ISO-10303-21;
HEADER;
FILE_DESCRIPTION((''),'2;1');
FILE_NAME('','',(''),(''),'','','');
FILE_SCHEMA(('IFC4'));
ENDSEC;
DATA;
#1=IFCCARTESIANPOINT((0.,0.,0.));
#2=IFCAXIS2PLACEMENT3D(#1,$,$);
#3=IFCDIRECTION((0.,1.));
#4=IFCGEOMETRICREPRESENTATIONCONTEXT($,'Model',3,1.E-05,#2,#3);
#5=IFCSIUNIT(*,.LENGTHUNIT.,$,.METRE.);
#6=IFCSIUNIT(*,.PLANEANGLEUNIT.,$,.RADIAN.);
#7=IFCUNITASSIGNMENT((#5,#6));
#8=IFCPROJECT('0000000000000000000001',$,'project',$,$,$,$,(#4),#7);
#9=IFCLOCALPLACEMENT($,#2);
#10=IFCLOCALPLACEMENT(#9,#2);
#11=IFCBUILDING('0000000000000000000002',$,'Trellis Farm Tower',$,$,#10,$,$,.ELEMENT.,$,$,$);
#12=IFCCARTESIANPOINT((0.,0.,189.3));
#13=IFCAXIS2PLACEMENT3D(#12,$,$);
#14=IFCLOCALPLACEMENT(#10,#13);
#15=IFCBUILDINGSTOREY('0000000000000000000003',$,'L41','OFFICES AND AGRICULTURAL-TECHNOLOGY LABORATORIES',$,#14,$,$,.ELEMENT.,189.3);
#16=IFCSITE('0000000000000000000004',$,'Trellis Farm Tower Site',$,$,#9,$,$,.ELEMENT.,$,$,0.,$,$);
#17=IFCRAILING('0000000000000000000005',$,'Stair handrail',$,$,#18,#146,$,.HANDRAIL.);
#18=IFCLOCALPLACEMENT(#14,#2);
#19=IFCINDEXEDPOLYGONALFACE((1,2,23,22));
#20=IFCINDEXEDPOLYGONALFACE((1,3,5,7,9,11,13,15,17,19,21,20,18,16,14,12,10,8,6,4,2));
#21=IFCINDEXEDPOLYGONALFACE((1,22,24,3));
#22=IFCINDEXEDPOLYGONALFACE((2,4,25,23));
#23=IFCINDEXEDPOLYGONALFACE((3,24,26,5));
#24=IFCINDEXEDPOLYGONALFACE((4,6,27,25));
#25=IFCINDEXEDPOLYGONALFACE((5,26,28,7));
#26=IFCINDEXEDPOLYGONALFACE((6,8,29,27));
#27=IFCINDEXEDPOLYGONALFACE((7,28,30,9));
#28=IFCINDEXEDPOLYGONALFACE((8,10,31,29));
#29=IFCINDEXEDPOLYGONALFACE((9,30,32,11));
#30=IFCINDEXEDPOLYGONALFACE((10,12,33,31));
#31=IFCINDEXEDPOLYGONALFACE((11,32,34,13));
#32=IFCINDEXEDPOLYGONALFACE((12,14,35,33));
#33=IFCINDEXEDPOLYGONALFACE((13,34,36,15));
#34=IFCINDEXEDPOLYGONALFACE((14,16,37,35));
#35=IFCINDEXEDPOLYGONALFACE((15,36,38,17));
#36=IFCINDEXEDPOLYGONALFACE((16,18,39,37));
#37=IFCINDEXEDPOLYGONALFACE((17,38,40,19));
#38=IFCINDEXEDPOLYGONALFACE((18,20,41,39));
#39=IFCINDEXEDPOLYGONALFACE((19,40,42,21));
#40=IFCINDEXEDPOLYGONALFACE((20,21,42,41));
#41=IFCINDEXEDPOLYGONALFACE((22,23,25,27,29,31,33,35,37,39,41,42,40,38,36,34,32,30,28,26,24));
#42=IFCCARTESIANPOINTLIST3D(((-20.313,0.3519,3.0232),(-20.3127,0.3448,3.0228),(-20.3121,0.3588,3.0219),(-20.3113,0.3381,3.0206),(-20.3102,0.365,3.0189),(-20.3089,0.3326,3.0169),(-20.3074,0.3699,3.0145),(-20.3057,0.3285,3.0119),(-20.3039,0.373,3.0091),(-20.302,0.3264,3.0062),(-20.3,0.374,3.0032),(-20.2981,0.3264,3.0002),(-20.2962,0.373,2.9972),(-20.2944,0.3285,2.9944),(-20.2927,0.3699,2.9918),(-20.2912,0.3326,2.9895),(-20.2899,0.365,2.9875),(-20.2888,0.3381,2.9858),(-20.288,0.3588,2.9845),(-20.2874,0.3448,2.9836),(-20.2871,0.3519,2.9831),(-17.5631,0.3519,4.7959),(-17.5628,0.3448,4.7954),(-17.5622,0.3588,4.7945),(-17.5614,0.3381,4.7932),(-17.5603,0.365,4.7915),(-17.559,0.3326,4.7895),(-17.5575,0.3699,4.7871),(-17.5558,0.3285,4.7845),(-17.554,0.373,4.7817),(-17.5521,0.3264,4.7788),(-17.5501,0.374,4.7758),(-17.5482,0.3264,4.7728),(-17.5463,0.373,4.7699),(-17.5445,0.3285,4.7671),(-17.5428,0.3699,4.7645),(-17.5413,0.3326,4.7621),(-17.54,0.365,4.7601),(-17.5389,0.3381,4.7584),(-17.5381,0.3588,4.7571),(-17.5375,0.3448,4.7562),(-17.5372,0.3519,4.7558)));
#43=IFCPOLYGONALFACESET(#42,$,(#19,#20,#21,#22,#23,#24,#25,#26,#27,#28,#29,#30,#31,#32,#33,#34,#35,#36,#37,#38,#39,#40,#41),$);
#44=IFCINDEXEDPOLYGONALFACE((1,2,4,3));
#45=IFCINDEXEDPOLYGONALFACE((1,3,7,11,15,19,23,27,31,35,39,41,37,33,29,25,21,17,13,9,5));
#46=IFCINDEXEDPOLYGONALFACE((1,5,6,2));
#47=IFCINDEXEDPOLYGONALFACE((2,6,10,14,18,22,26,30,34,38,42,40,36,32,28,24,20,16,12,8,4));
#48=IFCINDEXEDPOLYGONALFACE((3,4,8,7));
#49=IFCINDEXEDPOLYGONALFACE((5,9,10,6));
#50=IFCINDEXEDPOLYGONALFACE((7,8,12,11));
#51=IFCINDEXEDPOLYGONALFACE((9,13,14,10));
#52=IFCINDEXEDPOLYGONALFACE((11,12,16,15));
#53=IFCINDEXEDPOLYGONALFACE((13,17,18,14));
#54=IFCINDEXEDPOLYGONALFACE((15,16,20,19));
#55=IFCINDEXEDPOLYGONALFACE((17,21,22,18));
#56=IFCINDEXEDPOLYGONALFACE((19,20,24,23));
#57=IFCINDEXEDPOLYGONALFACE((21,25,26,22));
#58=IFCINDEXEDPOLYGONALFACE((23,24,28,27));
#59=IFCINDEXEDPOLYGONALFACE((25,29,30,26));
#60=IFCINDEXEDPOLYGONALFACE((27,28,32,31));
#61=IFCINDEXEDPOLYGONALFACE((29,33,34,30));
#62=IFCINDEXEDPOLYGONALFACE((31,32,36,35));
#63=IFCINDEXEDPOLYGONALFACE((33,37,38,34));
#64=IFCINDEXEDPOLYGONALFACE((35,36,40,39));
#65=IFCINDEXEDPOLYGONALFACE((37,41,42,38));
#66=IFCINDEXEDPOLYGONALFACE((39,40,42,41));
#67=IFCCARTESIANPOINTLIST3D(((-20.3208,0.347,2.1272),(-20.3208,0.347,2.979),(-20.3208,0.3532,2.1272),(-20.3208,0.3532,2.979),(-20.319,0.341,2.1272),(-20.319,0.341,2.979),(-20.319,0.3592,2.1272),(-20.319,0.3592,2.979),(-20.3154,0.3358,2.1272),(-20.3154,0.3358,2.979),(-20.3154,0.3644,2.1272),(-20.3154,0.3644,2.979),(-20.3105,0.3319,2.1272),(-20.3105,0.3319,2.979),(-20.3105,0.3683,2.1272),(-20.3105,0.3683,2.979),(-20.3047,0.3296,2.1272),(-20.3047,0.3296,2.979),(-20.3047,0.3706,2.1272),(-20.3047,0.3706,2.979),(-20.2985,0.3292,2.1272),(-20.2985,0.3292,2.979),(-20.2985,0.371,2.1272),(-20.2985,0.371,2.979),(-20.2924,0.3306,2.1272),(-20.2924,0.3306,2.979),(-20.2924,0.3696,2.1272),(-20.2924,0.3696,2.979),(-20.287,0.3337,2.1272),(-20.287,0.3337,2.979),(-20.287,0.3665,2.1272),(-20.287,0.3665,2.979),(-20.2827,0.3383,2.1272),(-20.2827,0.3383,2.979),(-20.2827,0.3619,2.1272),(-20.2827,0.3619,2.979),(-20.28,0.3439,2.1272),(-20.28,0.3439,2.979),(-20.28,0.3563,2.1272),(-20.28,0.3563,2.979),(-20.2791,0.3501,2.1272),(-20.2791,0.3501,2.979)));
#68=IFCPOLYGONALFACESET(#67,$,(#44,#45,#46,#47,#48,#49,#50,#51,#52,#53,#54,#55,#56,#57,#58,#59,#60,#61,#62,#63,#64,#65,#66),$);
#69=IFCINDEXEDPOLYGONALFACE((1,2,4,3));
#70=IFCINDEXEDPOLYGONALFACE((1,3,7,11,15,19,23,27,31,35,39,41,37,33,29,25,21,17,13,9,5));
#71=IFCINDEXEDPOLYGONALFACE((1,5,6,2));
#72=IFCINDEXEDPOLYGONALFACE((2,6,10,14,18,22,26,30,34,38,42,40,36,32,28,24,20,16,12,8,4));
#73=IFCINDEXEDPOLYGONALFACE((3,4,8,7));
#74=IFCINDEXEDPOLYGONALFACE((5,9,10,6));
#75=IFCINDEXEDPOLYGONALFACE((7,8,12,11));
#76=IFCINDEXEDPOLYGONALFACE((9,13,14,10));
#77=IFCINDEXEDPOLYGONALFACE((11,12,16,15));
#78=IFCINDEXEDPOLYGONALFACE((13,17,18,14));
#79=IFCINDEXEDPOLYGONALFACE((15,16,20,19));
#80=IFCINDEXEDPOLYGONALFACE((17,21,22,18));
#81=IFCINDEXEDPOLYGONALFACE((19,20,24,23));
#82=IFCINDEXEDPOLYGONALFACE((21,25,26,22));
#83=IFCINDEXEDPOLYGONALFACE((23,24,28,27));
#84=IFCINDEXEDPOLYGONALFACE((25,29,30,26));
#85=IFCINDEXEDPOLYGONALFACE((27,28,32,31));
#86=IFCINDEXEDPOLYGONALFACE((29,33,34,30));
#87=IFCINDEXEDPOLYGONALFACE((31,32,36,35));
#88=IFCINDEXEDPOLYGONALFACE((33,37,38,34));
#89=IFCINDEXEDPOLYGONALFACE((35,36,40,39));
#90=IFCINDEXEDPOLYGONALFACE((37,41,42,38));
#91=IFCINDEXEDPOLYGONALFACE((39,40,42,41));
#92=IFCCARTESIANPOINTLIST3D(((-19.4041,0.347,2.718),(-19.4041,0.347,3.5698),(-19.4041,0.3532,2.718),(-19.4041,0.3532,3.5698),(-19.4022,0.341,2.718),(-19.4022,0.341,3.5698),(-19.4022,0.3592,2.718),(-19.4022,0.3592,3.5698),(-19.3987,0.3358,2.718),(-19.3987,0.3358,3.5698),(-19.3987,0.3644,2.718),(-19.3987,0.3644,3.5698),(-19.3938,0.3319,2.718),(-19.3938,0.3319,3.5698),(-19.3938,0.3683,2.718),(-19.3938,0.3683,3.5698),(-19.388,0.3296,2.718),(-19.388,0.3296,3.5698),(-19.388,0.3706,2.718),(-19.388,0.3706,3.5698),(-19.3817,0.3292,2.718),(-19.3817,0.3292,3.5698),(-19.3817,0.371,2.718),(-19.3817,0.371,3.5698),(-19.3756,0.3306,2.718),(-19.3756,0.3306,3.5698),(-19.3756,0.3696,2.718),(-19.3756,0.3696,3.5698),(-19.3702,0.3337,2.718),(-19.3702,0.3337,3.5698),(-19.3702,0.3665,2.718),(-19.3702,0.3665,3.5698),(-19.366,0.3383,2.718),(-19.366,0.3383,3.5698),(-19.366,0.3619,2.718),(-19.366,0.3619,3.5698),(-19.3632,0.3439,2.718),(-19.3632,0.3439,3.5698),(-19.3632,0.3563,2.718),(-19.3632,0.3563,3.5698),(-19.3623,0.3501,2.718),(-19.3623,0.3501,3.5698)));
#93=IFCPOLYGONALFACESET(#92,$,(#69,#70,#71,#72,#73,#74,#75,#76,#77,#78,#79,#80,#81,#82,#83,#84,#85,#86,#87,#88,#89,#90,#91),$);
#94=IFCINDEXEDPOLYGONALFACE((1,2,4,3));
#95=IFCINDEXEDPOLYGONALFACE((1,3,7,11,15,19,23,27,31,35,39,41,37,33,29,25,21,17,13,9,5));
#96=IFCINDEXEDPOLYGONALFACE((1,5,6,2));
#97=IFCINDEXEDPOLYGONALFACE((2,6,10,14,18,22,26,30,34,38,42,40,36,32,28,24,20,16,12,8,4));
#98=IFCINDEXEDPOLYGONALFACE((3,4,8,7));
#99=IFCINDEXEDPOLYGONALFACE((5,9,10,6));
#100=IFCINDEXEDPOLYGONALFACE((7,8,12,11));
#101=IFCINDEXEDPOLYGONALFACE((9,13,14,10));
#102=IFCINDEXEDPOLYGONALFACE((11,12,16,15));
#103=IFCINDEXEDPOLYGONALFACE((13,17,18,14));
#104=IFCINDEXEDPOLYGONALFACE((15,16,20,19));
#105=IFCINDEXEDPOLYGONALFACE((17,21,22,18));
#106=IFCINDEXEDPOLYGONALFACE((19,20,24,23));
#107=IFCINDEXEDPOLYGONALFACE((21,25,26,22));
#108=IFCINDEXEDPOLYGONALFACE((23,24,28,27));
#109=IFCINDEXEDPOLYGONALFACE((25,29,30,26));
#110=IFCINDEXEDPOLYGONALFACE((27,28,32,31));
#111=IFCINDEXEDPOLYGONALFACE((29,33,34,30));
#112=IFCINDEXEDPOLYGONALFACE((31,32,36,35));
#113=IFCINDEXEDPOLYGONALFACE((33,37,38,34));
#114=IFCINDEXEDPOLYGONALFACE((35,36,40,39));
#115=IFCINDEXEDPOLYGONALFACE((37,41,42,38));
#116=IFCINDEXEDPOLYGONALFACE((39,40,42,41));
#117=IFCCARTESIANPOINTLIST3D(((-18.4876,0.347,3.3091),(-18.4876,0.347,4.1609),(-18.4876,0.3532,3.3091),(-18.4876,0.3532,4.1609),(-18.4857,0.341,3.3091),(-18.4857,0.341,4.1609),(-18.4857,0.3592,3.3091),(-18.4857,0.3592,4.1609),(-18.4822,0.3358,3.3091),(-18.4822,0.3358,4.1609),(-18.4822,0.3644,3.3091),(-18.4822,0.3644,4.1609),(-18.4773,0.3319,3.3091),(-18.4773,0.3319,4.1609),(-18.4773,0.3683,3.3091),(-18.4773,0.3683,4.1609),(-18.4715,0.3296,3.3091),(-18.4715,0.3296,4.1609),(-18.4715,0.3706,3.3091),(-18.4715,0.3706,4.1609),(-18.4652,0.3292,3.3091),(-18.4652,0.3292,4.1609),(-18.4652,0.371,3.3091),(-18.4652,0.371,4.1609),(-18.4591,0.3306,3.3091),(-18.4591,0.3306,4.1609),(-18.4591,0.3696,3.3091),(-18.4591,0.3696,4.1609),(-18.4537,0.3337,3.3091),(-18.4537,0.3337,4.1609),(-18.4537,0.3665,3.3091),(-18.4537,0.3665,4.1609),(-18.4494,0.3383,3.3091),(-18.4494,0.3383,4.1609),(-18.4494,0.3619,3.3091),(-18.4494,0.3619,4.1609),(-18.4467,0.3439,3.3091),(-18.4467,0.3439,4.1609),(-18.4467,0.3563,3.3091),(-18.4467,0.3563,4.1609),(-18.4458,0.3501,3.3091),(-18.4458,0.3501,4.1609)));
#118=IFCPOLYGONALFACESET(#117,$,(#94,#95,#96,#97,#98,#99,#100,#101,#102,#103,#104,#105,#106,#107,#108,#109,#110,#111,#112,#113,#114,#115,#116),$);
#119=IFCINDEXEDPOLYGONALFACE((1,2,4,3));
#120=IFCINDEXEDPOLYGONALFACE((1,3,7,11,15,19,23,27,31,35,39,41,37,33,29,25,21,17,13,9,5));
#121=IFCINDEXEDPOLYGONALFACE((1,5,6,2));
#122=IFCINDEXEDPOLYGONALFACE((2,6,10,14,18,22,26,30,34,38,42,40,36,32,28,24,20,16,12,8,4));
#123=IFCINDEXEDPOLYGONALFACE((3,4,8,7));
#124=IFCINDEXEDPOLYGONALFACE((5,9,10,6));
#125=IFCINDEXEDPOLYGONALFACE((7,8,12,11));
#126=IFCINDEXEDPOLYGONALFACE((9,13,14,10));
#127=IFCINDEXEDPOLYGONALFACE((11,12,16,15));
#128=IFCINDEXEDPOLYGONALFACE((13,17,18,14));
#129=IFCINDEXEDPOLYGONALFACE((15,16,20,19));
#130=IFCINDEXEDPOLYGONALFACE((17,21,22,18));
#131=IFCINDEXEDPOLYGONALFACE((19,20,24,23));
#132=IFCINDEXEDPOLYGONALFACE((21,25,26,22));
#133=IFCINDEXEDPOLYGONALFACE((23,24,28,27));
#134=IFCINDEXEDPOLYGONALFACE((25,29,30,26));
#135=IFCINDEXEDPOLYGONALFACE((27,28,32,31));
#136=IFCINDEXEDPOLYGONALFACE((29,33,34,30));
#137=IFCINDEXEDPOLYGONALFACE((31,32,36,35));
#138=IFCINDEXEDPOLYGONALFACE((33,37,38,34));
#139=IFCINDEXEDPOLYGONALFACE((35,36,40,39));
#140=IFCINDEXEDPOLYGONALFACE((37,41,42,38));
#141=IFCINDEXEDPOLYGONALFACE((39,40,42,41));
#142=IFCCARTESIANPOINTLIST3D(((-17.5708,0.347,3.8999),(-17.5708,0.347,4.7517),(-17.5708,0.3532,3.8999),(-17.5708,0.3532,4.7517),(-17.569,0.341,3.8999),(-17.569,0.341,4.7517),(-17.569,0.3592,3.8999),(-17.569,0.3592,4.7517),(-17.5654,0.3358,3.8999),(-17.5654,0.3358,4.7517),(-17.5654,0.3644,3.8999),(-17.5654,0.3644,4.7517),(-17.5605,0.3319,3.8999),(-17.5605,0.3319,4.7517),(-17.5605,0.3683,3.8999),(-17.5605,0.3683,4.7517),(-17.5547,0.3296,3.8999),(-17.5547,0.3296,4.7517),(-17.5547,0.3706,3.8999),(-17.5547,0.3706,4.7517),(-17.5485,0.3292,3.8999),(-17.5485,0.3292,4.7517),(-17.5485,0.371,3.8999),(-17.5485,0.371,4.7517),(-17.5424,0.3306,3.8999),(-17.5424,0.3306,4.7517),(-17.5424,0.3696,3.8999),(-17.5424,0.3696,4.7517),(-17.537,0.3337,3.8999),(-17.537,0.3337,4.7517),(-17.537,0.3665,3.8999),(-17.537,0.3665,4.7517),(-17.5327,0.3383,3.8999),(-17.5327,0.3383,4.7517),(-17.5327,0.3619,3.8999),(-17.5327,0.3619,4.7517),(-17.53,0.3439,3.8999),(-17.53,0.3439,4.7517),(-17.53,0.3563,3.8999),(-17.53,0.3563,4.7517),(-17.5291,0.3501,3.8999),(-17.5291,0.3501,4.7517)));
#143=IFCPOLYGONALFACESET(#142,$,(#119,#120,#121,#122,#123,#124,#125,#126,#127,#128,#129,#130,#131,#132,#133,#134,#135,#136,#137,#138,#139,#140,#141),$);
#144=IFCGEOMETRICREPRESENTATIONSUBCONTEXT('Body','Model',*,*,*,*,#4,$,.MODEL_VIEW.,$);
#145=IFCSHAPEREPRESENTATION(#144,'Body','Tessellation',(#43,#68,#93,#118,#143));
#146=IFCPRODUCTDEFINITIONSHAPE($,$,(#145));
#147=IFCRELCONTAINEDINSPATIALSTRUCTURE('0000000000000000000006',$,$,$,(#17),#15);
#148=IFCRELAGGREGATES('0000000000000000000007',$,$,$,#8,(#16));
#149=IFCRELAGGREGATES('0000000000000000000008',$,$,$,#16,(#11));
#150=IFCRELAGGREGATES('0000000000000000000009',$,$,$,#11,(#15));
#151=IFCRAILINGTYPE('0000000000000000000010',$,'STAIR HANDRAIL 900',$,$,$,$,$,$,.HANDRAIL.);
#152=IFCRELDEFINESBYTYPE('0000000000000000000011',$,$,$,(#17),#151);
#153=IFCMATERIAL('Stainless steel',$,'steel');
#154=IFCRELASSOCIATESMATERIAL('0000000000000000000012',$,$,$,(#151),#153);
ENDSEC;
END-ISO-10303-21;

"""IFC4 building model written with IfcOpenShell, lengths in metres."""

from ifc_helpers import new_model, si_unit, direction, frame, origin, origin_2d, place, context, subcontext, project, spatial, circle, extrude, source, transform, mapped, material, type_object, element, save


model = new_model("IFC4")

# Units and contexts
model_context = context("Model", 3, precision=1e-05, world=origin(), true_north=direction((0.0, 1.0)))
body_context = subcontext(model_context, "Body", "Model", "MODEL_VIEW")
ifc_project = project(units=[si_unit("LENGTHUNIT", "METRE"), si_unit("PLANEANGLEUNIT", "RADIAN")], contexts=[model_context])

# Site, building, storey
site_placement = place(None, origin())
site = spatial("IfcSite", under=ifc_project, at=site_placement, Name="Trellis Farm Tower Site", CompositionType="ELEMENT", RefElevation=0.0)
building_placement = place(site_placement, origin())
building = spatial("IfcBuilding", under=site, at=building_placement, Name="Trellis Farm Tower", CompositionType="ELEMENT")
storey_placement = place(building_placement, frame((0.0, 0.0, 189.3)))
storey = spatial("IfcBuildingStorey", under=building, at=storey_placement, Name="L41", Description="OFFICES AND AGRICULTURAL-TECHNOLOGY LABORATORIES", CompositionType="ELEMENT", Elevation=189.3)

# Railing
ifc_material_1 = material(Name="Stainless steel", Category="steel")
railing_type = type_object("IfcRailingType", Name="STAIR HANDRAIL 900", PredefinedType="HANDRAIL", material=ifc_material_1)
shared_shape_1 = source(origin(), body_context, "Body", "SweptSolid", [
    extrude(circle(Radius=0.0239, at=origin_2d()), frame((0.0, 0.0, 0.876), z_axis=(0.840504, 0.0, 0.541806), x_axis=(0.0, 1.0, 0.0)), (0.0, 0.0, 1.0), 3.2717),
    extrude(circle(Radius=0.021, at=origin_2d()), origin(), (0.0, 0.0, 1.0), 0.8518),
    extrude(circle(Radius=0.021, at=origin_2d()), frame((0.9167, 0.0, 0.5908)), (0.0, 0.0, 1.0), 0.8518),
    extrude(circle(Radius=0.021, at=origin_2d()), frame((1.8333, 0.0, 1.1819)), (0.0, 0.0, 1.0), 0.8518),
    extrude(circle(Radius=0.021, at=origin_2d()), frame((2.75, 0.0, 1.7727)), (0.0, 0.0, 1.0), 0.8518),
])
for number, where, name in (
    (1, (-20.3, 0.3501, 2.1272), "Stair handrail"),
):
    element("IfcRailing", number, at=place(storey_placement, frame(where)), inside=storey, type_object=railing_type, Name=name, PredefinedType="HANDRAIL", context=body_context, shape_type="MappedRepresentation", body=[
        mapped(shared_shape_1, transform((0.0, 0.0, 0.0))),
    ])

save(model, "model.ifc")
